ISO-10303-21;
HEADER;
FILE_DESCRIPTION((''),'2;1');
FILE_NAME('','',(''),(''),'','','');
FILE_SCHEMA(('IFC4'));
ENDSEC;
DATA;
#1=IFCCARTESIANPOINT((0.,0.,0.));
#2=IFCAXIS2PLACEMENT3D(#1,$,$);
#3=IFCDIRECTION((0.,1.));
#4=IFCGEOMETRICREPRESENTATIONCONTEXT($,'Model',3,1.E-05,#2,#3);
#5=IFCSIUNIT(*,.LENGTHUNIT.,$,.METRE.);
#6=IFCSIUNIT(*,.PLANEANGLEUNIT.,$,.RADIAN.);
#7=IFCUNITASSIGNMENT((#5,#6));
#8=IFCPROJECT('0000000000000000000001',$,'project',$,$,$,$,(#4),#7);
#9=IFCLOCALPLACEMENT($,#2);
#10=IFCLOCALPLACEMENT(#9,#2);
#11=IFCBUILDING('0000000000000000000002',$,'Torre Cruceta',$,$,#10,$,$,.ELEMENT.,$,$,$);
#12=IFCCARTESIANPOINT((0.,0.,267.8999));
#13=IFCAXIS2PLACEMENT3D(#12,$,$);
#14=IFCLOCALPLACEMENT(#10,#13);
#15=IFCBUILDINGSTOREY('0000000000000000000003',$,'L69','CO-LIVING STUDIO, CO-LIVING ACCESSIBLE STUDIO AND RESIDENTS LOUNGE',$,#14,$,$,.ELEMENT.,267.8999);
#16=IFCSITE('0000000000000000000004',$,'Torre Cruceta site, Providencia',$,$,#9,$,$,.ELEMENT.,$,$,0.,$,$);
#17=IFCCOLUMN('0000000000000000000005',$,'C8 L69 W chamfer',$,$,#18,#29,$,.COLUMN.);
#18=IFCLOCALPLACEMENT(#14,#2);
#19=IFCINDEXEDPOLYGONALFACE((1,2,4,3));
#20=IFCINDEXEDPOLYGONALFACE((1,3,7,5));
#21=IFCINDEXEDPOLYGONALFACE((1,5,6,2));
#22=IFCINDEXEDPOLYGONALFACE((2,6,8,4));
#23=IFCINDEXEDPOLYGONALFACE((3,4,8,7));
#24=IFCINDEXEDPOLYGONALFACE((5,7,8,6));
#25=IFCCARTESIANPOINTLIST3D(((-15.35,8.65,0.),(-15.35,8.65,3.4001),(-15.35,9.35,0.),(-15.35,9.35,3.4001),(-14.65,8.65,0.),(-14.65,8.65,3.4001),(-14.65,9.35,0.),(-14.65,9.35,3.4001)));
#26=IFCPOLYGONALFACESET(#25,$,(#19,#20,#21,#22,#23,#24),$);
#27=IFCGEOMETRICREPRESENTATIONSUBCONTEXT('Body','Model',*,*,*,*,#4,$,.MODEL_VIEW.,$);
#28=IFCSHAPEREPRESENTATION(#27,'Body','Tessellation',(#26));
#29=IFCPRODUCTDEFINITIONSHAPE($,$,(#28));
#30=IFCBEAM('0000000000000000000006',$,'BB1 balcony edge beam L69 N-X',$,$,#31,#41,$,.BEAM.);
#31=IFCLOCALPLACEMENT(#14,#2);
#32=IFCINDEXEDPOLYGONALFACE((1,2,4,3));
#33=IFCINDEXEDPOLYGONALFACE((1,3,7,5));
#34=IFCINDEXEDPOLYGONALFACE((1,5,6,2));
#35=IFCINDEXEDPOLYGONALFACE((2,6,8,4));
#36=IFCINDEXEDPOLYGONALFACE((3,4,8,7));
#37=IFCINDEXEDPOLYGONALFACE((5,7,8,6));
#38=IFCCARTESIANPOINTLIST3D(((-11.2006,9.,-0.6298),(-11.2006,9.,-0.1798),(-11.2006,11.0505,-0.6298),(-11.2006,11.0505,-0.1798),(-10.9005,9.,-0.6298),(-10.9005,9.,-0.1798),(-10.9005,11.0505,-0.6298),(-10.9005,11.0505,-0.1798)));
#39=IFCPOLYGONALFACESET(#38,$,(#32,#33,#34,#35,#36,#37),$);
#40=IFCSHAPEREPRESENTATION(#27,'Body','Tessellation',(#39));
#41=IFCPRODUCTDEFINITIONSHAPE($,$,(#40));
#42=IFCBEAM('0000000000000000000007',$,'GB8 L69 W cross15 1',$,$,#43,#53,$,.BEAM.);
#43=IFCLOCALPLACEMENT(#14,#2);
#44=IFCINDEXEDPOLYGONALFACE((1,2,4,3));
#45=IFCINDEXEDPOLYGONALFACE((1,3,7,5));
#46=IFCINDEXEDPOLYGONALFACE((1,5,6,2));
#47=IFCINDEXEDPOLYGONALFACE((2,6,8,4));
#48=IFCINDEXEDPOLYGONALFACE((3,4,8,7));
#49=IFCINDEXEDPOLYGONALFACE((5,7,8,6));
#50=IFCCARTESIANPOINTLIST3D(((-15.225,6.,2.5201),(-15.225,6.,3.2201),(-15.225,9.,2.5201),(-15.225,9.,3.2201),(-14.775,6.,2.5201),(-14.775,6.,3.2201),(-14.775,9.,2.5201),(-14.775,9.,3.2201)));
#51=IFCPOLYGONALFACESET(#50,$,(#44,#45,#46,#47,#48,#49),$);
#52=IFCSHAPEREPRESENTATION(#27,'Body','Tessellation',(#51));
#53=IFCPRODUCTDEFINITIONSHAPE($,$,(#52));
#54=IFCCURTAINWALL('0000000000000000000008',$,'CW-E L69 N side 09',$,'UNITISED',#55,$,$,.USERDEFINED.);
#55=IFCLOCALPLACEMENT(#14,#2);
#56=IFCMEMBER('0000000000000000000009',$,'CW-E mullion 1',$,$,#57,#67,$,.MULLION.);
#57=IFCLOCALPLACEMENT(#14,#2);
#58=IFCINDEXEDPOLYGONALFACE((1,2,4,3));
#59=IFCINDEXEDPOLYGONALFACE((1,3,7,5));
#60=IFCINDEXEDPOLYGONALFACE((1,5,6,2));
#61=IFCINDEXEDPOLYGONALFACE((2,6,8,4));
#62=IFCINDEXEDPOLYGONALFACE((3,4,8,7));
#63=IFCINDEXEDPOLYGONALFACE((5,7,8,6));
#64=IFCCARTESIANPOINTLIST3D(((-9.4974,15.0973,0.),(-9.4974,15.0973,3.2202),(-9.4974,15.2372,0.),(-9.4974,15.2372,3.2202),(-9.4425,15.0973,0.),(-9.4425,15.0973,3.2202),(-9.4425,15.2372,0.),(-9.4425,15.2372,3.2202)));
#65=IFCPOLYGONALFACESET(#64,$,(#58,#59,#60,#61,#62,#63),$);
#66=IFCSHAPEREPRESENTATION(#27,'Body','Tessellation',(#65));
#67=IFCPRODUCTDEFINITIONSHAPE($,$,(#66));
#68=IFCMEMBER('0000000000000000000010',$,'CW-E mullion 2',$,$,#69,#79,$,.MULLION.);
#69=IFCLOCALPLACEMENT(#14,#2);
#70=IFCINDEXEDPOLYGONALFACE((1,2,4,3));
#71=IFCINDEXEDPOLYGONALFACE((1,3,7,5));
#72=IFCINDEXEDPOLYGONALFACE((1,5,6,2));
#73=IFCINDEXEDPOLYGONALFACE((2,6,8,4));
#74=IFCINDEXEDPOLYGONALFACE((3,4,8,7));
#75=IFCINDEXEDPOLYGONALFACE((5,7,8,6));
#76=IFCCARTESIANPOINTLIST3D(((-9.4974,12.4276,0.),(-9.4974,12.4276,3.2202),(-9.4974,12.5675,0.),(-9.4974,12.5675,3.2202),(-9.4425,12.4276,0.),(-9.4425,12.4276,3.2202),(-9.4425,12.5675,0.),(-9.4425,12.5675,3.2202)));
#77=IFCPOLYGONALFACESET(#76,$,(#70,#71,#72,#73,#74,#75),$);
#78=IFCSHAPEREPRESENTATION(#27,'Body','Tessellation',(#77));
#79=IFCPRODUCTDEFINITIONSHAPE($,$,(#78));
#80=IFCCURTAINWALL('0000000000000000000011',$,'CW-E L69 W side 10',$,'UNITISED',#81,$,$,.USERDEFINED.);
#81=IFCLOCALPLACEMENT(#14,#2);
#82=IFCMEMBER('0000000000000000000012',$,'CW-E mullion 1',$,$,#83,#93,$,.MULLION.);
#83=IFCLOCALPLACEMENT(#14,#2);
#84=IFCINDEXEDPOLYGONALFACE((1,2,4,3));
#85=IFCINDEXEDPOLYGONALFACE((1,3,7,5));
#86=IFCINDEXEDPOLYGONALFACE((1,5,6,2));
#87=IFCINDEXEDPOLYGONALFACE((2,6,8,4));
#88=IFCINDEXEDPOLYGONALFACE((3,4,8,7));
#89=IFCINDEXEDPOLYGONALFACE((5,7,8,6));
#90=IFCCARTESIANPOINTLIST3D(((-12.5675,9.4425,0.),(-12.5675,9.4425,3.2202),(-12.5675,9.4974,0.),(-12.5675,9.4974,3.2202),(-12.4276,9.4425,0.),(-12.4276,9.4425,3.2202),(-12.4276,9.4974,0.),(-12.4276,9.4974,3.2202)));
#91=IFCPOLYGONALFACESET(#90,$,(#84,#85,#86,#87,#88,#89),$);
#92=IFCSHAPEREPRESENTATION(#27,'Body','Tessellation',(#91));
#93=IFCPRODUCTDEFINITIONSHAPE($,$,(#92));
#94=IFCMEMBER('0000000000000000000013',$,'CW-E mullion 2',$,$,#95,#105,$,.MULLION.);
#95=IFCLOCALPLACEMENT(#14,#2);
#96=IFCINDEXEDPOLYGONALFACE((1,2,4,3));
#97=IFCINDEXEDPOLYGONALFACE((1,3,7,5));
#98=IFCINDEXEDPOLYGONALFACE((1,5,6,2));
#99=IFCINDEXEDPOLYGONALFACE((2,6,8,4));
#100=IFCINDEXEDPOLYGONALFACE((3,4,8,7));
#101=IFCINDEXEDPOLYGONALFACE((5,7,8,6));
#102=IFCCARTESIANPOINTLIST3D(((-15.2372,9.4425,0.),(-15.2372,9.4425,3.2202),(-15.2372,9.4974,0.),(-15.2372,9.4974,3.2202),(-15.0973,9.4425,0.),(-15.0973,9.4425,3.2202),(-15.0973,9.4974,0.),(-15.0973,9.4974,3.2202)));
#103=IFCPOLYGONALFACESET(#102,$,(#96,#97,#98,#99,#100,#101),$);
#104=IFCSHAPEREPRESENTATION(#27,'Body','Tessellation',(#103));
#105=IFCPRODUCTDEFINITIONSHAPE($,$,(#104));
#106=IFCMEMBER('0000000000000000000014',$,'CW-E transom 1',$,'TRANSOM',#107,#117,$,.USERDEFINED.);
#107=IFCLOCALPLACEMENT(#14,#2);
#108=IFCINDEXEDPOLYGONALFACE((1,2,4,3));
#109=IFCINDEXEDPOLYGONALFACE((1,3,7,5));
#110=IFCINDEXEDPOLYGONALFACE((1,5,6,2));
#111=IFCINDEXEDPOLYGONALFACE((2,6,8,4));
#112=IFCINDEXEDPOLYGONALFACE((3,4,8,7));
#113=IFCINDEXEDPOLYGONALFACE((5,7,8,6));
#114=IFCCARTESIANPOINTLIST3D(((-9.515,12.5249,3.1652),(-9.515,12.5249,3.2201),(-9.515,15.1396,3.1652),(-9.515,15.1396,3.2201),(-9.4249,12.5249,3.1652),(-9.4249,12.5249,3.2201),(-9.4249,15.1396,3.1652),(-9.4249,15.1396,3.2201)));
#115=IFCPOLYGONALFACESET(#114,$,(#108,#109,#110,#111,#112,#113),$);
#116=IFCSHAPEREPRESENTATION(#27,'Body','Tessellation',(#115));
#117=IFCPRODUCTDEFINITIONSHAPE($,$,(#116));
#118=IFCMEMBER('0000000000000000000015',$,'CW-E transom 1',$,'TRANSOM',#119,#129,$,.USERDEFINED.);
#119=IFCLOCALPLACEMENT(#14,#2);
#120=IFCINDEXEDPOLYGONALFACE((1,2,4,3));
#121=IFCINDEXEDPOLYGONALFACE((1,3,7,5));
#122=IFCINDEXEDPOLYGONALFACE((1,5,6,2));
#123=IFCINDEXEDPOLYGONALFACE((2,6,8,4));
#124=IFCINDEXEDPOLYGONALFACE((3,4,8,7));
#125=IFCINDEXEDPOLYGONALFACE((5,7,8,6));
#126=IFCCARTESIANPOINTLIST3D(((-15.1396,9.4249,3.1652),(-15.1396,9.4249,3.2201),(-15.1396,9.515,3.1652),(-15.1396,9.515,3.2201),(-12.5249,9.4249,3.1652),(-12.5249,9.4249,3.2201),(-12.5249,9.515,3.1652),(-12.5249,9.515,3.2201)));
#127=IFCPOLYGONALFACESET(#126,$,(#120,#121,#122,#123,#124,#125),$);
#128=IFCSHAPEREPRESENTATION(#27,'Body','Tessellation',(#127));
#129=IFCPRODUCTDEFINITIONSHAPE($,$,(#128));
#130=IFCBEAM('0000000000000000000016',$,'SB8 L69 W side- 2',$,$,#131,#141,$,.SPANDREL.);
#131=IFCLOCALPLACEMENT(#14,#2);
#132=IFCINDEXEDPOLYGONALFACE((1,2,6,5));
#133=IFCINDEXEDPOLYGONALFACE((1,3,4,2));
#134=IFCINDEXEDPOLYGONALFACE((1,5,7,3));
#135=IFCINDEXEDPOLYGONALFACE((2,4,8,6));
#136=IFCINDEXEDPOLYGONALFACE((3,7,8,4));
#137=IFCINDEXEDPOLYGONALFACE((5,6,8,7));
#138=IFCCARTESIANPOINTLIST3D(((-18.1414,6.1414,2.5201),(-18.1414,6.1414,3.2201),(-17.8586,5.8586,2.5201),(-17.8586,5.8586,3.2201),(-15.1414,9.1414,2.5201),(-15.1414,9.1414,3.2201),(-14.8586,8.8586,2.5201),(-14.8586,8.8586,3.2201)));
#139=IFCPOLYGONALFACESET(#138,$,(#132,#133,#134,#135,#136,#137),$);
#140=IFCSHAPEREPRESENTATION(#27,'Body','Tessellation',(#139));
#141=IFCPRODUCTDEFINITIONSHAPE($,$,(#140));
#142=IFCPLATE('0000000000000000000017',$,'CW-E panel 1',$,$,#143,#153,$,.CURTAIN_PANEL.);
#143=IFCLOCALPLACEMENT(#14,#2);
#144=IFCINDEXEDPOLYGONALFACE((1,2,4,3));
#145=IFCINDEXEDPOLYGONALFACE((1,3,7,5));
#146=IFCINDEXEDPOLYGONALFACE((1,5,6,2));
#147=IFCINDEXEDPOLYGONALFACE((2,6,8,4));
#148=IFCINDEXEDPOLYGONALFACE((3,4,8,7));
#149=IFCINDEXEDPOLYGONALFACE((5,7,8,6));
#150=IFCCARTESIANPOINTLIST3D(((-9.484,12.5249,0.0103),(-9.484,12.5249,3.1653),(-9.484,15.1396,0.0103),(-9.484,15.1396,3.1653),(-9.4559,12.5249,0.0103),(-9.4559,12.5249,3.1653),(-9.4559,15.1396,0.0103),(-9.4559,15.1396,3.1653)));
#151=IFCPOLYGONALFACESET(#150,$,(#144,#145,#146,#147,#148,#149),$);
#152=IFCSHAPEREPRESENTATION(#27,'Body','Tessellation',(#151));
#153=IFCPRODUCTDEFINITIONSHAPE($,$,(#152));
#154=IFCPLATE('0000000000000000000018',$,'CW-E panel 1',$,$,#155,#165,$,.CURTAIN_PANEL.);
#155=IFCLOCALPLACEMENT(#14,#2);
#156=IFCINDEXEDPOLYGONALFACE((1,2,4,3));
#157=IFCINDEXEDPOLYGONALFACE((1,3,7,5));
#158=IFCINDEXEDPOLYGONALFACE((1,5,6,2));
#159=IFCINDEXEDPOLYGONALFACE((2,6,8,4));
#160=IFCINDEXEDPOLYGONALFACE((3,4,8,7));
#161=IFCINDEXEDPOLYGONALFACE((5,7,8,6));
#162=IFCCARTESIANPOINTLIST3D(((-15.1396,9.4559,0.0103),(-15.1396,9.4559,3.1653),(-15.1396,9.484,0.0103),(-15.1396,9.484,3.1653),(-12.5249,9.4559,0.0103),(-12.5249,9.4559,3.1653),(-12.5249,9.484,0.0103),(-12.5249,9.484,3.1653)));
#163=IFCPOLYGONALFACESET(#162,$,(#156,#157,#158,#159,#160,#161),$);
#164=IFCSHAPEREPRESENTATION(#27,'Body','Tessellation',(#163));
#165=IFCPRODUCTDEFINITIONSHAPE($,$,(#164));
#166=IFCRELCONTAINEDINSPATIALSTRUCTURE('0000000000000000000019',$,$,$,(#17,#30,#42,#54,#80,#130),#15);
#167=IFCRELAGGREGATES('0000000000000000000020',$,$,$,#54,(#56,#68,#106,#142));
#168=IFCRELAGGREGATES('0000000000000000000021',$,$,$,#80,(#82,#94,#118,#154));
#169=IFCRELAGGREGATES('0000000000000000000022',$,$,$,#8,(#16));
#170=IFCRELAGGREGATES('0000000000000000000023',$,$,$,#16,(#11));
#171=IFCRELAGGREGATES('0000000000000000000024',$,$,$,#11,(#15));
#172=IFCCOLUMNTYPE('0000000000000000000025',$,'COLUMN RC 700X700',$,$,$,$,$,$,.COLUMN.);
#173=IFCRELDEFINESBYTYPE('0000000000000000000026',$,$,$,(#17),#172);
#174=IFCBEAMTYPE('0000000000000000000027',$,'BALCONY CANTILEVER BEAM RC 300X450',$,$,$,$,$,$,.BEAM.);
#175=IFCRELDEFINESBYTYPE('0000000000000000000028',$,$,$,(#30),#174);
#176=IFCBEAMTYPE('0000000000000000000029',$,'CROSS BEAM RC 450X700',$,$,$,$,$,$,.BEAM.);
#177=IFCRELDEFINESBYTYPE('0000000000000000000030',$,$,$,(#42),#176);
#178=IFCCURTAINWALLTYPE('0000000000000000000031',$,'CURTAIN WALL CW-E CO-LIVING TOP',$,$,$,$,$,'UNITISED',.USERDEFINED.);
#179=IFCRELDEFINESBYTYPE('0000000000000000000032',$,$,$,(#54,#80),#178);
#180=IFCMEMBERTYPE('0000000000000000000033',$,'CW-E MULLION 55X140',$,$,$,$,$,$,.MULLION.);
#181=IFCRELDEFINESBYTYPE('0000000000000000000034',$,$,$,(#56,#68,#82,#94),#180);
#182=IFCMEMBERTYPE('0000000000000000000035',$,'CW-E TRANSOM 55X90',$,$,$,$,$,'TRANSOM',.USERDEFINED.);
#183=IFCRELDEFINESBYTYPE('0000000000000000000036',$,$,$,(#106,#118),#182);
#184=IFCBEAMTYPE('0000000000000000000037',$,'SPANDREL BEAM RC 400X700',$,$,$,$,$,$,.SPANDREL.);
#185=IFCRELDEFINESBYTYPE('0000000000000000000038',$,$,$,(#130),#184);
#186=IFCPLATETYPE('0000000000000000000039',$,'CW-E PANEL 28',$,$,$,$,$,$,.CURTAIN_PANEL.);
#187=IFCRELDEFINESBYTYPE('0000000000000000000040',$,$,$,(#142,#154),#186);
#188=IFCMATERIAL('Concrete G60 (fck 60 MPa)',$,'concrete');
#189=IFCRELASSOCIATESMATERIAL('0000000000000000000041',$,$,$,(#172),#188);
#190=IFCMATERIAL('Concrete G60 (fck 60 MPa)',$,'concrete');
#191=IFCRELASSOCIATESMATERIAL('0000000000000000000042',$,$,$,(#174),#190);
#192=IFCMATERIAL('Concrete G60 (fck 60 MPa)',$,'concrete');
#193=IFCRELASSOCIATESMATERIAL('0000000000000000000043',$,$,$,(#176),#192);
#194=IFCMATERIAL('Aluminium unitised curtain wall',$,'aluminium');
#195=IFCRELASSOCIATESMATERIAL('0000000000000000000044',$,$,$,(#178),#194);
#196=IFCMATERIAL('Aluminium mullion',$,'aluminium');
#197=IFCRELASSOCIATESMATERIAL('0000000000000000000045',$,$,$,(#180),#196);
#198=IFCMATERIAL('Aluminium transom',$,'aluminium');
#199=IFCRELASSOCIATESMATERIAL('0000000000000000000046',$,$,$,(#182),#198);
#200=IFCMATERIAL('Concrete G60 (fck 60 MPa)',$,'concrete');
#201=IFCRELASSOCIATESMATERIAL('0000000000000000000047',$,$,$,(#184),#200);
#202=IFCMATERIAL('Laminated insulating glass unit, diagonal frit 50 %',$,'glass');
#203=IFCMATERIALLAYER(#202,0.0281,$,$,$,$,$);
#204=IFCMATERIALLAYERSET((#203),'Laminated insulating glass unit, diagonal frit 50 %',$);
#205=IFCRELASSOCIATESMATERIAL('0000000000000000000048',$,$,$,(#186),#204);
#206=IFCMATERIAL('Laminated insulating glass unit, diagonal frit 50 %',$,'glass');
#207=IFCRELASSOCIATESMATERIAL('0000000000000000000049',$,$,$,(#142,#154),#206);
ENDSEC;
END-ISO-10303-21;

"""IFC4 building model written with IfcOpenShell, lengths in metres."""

from ifc_helpers import new_model, si_unit, direction, frame, origin, origin_2d, place, context, subcontext, project, spatial, rectangle, extrude, material, layer, layer_set, material_profile, profile_set, type_object, element, aggregate, save


model = new_model("IFC4")

# Units and contexts
model_context = context("Model", 3, precision=1e-05, world=origin(), true_north=direction((0.0, 1.0)))
body_context = subcontext(model_context, "Body", "Model", "MODEL_VIEW")
ifc_project = project(units=[si_unit("LENGTHUNIT", "METRE"), si_unit("PLANEANGLEUNIT", "RADIAN")], contexts=[model_context])

# Site, building, storey
site_placement = place(None, origin())
site = spatial("IfcSite", under=ifc_project, at=site_placement, Name="Torre Cruceta site, Providencia", CompositionType="ELEMENT", RefElevation=0.0)
building_placement = place(site_placement, origin())
building = spatial("IfcBuilding", under=site, at=building_placement, Name="Torre Cruceta", CompositionType="ELEMENT")
storey_placement = place(building_placement, frame((0.0, 0.0, 267.8999)))
storey = spatial("IfcBuildingStorey", under=building, at=storey_placement, Name="L69", Description="CO-LIVING STUDIO, CO-LIVING ACCESSIBLE STUDIO AND RESIDENTS LOUNGE", CompositionType="ELEMENT", Elevation=267.8999)

# Column
ifc_material_1 = material(Name="Concrete G60 (fck 60 MPa)", Category="concrete")
ifc_material_profile_1 = material_profile(ifc_material_1, rectangle(XDim=0.7, YDim=0.7, at=origin_2d()), Name="RC 700X700")
ifc_profile_set_1 = profile_set([ifc_material_profile_1], Name="Concrete G60 (fck 60 MPa)")
column_type = type_object("IfcColumnType", Name="COLUMN RC 700X700", PredefinedType="COLUMN", material=ifc_profile_set_1)
column_placement = place(storey_placement, frame((-15.0, 9.0, 0.0), z_axis=(0.0, 0.0, 1.0), x_axis=(1.0, 0.0, 0.0)))
element("IfcColumn", 1, at=column_placement, inside=storey, type_object=column_type, Name="C8 L69 W chamfer", PredefinedType="COLUMN", context=body_context, shape_type="SweptSolid", body=[
    extrude(rectangle(XDim=0.7, YDim=0.7, at=origin_2d()), origin(), (0.0, 0.0, 1.0), 3.4001),
])

# Beams
ifc_material_2 = material(Name="Concrete G60 (fck 60 MPa)", Category="concrete")
ifc_material_profile_2 = material_profile(ifc_material_2, rectangle(XDim=0.3, YDim=0.45, at=origin_2d()), Name="RC 300X450")
ifc_profile_set_2 = profile_set([ifc_material_profile_2], Name="Concrete G60 (fck 60 MPa)")
beam_type_1 = type_object("IfcBeamType", Name="BALCONY CANTILEVER BEAM RC 300X450", PredefinedType="BEAM", material=ifc_profile_set_2)
beam_1_placement = place(storey_placement, frame((-11.0505, 9.0, -0.4048), z_axis=(0.0, 1.0, 0.0), x_axis=(-1.0, 0.0, 0.0)))
element("IfcBeam", 2, at=beam_1_placement, inside=storey, type_object=beam_type_1, Name="BB1 balcony edge beam L69 N-X", PredefinedType="BEAM", context=body_context, shape_type="SweptSolid", body=[
    extrude(rectangle(XDim=0.3, YDim=0.45, at=origin_2d()), origin(), (0.0, 0.0, 1.0), 2.0505),
])
ifc_material_3 = material(Name="Concrete G60 (fck 60 MPa)", Category="concrete")
ifc_material_profile_3 = material_profile(ifc_material_3, rectangle(XDim=0.45, YDim=0.7, at=origin_2d()), Name="RC 450X700")
ifc_profile_set_3 = profile_set([ifc_material_profile_3], Name="Concrete G60 (fck 60 MPa)")
beam_type_2 = type_object("IfcBeamType", Name="CROSS BEAM RC 450X700", PredefinedType="BEAM", material=ifc_profile_set_3)
beam_2_placement = place(storey_placement, frame((-15.0, 9.0, 2.8701), z_axis=(0.0, -1.0, 0.0), x_axis=(1.0, 0.0, 0.0)))
element("IfcBeam", 3, at=beam_2_placement, inside=storey, type_object=beam_type_2, Name="GB8 L69 W cross15 1", PredefinedType="BEAM", context=body_context, shape_type="SweptSolid", body=[
    extrude(rectangle(XDim=0.45, YDim=0.7, at=origin_2d()), origin(), (0.0, 0.0, 1.0), 3.0),
])

# Curtain walls, members
ifc_material_4 = material(Name="Aluminium unitised curtain wall", Category="aluminium")
curtain_wall_type = type_object("IfcCurtainWallType", Name="CURTAIN WALL CW-E CO-LIVING TOP", ElementType="UNITISED", PredefinedType="USERDEFINED", material=ifc_material_4)
curtain_wall_1_placement = place(storey_placement, origin())
curtain_wall_1 = element("IfcCurtainWall", 4, at=curtain_wall_1_placement, inside=storey, type_object=curtain_wall_type, Name="CW-E L69 N side 09", ObjectType="UNITISED", PredefinedType="USERDEFINED")
ifc_material_5 = material(Name="Aluminium mullion", Category="aluminium")
ifc_material_profile_4 = material_profile(ifc_material_5, rectangle(XDim=0.0549, YDim=0.1399, at=origin_2d()), Name="AL 55X140")
ifc_profile_set_4 = profile_set([ifc_material_profile_4], Name="Aluminium mullion")
member_type_1 = type_object("IfcMemberType", Name="CW-E MULLION 55X140", PredefinedType="MULLION", material=ifc_profile_set_4)
member_1_placement = place(storey_placement, frame((-9.47, 15.1672, 0.0), z_axis=(0.0, 0.0, 1.0), x_axis=(1.0, 0.0, 0.0)))
member_1 = element("IfcMember", 5, at=member_1_placement, type_object=member_type_1, Name="CW-E mullion 1", PredefinedType="MULLION", context=body_context, shape_type="SweptSolid", body=[
    extrude(rectangle(XDim=0.0549, YDim=0.1399, at=origin_2d()), origin(), (0.0, 0.0, 1.0), 3.2202),
])
member_2_placement = place(storey_placement, frame((-9.47, 12.4976, 0.0), z_axis=(0.0, 0.0, 1.0), x_axis=(1.0, 0.0, 0.0)))
member_2 = element("IfcMember", 6, at=member_2_placement, type_object=member_type_1, Name="CW-E mullion 2", PredefinedType="MULLION", context=body_context, shape_type="SweptSolid", body=[
    extrude(rectangle(XDim=0.0549, YDim=0.1399, at=origin_2d()), origin(), (0.0, 0.0, 1.0), 3.2202),
])
curtain_wall_2_placement = place(storey_placement, origin())
curtain_wall_2 = element("IfcCurtainWall", 7, at=curtain_wall_2_placement, inside=storey, type_object=curtain_wall_type, Name="CW-E L69 W side 10", ObjectType="UNITISED", PredefinedType="USERDEFINED")
member_3_placement = place(storey_placement, frame((-12.4976, 9.47, 0.0), z_axis=(0.0, 0.0, 1.0), x_axis=(0.0, -1.0, 0.0)))
member_3 = element("IfcMember", 8, at=member_3_placement, type_object=member_type_1, Name="CW-E mullion 1", PredefinedType="MULLION", context=body_context, shape_type="SweptSolid", body=[
    extrude(rectangle(XDim=0.0549, YDim=0.1399, at=origin_2d()), origin(), (0.0, 0.0, 1.0), 3.2202),
])
member_4_placement = place(storey_placement, frame((-15.1672, 9.47, 0.0), z_axis=(0.0, 0.0, 1.0), x_axis=(0.0, -1.0, 0.0)))
member_4 = element("IfcMember", 9, at=member_4_placement, type_object=member_type_1, Name="CW-E mullion 2", PredefinedType="MULLION", context=body_context, shape_type="SweptSolid", body=[
    extrude(rectangle(XDim=0.0549, YDim=0.1399, at=origin_2d()), origin(), (0.0, 0.0, 1.0), 3.2202),
])

# Members
ifc_material_6 = material(Name="Aluminium transom", Category="aluminium")
ifc_material_profile_5 = material_profile(ifc_material_6, rectangle(XDim=0.0901, YDim=0.0549, at=origin_2d()), Name="AL 90X55")
ifc_profile_set_5 = profile_set([ifc_material_profile_5], Name="Aluminium transom")
member_type_2 = type_object("IfcMemberType", Name="CW-E TRANSOM 55X90", ElementType="TRANSOM", PredefinedType="USERDEFINED", material=ifc_profile_set_5)
member_5_placement = place(storey_placement, frame((-9.47, 15.1396, 3.1926), z_axis=(0.0, -1.0, 0.0), x_axis=(1.0, 0.0, 0.0)))
member_5 = element("IfcMember", 10, at=member_5_placement, type_object=member_type_2, Name="CW-E transom 1", ObjectType="TRANSOM", PredefinedType="USERDEFINED", context=body_context, shape_type="SweptSolid", body=[
    extrude(rectangle(XDim=0.0901, YDim=0.0549, at=origin_2d()), origin(), (0.0, 0.0, 1.0), 2.6147),
])
member_6_placement = place(storey_placement, frame((-12.5249, 9.47, 3.1926), z_axis=(-1.0, 0.0, 0.0), x_axis=(0.0, -1.0, 0.0)))
member_6 = element("IfcMember", 11, at=member_6_placement, type_object=member_type_2, Name="CW-E transom 1", ObjectType="TRANSOM", PredefinedType="USERDEFINED", context=body_context, shape_type="SweptSolid", body=[
    extrude(rectangle(XDim=0.0901, YDim=0.0549, at=origin_2d()), origin(), (0.0, 0.0, 1.0), 2.6147),
])

# Beam
ifc_material_7 = material(Name="Concrete G60 (fck 60 MPa)", Category="concrete")
ifc_material_profile_6 = material_profile(ifc_material_7, rectangle(XDim=0.3999, YDim=0.7, at=origin_2d()), Name="RC 400X700")
ifc_profile_set_6 = profile_set([ifc_material_profile_6], Name="Concrete G60 (fck 60 MPa)")
beam_type_3 = type_object("IfcBeamType", Name="SPANDREL BEAM RC 400X700", PredefinedType="SPANDREL", material=ifc_profile_set_6)
beam_3_placement = place(storey_placement, frame((-15.0, 9.0, 2.8701), z_axis=(-0.707107, -0.707107, 0.0), x_axis=(0.707107, -0.707107, 0.0)))
element("IfcBeam", 12, at=beam_3_placement, inside=storey, type_object=beam_type_3, Name="SB8 L69 W side- 2", PredefinedType="SPANDREL", context=body_context, shape_type="SweptSolid", body=[
    extrude(rectangle(XDim=0.3999, YDim=0.7, at=origin_2d()), origin(), (0.0, 0.0, 1.0), 4.2427),
])

# Plates
ifc_material_8 = material(Name="Laminated insulating glass unit, diagonal frit 50 %", Category="glass")
ifc_material_9 = material(Name="Laminated insulating glass unit, diagonal frit 50 %", Category="glass")
ifc_layer_1 = layer(ifc_material_9, 0.0281)
ifc_layer_set_1 = layer_set([ifc_layer_1], Name="Laminated insulating glass unit, diagonal frit 50 %")
plate_type = type_object("IfcPlateType", Name="CW-E PANEL 28", PredefinedType="CURTAIN_PANEL", material=ifc_layer_set_1)
plate_1_placement = place(storey_placement, frame((-9.47, 13.8323, 0.0103), z_axis=(0.0, 0.0, 1.0), x_axis=(0.0, -1.0, 0.0)))
plate_1 = element("IfcPlate", 13, at=plate_1_placement, type_object=plate_type, material=ifc_material_8, Name="CW-E panel 1", PredefinedType="CURTAIN_PANEL", context=body_context, shape_type="SweptSolid", body=[
    extrude(rectangle(XDim=2.6147, YDim=0.0281, at=origin_2d()), origin(), (0.0, 0.0, 1.0), 3.155),
])
aggregate(curtain_wall_1, [member_1, member_2, member_5, plate_1])
plate_2_placement = place(storey_placement, frame((-13.8323, 9.47, 0.0103), z_axis=(0.0, 0.0, 1.0), x_axis=(-1.0, 0.0, 0.0)))
plate_2 = element("IfcPlate", 14, at=plate_2_placement, type_object=plate_type, material=ifc_material_8, Name="CW-E panel 1", PredefinedType="CURTAIN_PANEL", context=body_context, shape_type="SweptSolid", body=[
    extrude(rectangle(XDim=2.6147, YDim=0.0281, at=origin_2d()), origin(), (0.0, 0.0, 1.0), 3.155),
])
aggregate(curtain_wall_2, [member_3, member_4, member_6, plate_2])

save(model, "model.ifc")
